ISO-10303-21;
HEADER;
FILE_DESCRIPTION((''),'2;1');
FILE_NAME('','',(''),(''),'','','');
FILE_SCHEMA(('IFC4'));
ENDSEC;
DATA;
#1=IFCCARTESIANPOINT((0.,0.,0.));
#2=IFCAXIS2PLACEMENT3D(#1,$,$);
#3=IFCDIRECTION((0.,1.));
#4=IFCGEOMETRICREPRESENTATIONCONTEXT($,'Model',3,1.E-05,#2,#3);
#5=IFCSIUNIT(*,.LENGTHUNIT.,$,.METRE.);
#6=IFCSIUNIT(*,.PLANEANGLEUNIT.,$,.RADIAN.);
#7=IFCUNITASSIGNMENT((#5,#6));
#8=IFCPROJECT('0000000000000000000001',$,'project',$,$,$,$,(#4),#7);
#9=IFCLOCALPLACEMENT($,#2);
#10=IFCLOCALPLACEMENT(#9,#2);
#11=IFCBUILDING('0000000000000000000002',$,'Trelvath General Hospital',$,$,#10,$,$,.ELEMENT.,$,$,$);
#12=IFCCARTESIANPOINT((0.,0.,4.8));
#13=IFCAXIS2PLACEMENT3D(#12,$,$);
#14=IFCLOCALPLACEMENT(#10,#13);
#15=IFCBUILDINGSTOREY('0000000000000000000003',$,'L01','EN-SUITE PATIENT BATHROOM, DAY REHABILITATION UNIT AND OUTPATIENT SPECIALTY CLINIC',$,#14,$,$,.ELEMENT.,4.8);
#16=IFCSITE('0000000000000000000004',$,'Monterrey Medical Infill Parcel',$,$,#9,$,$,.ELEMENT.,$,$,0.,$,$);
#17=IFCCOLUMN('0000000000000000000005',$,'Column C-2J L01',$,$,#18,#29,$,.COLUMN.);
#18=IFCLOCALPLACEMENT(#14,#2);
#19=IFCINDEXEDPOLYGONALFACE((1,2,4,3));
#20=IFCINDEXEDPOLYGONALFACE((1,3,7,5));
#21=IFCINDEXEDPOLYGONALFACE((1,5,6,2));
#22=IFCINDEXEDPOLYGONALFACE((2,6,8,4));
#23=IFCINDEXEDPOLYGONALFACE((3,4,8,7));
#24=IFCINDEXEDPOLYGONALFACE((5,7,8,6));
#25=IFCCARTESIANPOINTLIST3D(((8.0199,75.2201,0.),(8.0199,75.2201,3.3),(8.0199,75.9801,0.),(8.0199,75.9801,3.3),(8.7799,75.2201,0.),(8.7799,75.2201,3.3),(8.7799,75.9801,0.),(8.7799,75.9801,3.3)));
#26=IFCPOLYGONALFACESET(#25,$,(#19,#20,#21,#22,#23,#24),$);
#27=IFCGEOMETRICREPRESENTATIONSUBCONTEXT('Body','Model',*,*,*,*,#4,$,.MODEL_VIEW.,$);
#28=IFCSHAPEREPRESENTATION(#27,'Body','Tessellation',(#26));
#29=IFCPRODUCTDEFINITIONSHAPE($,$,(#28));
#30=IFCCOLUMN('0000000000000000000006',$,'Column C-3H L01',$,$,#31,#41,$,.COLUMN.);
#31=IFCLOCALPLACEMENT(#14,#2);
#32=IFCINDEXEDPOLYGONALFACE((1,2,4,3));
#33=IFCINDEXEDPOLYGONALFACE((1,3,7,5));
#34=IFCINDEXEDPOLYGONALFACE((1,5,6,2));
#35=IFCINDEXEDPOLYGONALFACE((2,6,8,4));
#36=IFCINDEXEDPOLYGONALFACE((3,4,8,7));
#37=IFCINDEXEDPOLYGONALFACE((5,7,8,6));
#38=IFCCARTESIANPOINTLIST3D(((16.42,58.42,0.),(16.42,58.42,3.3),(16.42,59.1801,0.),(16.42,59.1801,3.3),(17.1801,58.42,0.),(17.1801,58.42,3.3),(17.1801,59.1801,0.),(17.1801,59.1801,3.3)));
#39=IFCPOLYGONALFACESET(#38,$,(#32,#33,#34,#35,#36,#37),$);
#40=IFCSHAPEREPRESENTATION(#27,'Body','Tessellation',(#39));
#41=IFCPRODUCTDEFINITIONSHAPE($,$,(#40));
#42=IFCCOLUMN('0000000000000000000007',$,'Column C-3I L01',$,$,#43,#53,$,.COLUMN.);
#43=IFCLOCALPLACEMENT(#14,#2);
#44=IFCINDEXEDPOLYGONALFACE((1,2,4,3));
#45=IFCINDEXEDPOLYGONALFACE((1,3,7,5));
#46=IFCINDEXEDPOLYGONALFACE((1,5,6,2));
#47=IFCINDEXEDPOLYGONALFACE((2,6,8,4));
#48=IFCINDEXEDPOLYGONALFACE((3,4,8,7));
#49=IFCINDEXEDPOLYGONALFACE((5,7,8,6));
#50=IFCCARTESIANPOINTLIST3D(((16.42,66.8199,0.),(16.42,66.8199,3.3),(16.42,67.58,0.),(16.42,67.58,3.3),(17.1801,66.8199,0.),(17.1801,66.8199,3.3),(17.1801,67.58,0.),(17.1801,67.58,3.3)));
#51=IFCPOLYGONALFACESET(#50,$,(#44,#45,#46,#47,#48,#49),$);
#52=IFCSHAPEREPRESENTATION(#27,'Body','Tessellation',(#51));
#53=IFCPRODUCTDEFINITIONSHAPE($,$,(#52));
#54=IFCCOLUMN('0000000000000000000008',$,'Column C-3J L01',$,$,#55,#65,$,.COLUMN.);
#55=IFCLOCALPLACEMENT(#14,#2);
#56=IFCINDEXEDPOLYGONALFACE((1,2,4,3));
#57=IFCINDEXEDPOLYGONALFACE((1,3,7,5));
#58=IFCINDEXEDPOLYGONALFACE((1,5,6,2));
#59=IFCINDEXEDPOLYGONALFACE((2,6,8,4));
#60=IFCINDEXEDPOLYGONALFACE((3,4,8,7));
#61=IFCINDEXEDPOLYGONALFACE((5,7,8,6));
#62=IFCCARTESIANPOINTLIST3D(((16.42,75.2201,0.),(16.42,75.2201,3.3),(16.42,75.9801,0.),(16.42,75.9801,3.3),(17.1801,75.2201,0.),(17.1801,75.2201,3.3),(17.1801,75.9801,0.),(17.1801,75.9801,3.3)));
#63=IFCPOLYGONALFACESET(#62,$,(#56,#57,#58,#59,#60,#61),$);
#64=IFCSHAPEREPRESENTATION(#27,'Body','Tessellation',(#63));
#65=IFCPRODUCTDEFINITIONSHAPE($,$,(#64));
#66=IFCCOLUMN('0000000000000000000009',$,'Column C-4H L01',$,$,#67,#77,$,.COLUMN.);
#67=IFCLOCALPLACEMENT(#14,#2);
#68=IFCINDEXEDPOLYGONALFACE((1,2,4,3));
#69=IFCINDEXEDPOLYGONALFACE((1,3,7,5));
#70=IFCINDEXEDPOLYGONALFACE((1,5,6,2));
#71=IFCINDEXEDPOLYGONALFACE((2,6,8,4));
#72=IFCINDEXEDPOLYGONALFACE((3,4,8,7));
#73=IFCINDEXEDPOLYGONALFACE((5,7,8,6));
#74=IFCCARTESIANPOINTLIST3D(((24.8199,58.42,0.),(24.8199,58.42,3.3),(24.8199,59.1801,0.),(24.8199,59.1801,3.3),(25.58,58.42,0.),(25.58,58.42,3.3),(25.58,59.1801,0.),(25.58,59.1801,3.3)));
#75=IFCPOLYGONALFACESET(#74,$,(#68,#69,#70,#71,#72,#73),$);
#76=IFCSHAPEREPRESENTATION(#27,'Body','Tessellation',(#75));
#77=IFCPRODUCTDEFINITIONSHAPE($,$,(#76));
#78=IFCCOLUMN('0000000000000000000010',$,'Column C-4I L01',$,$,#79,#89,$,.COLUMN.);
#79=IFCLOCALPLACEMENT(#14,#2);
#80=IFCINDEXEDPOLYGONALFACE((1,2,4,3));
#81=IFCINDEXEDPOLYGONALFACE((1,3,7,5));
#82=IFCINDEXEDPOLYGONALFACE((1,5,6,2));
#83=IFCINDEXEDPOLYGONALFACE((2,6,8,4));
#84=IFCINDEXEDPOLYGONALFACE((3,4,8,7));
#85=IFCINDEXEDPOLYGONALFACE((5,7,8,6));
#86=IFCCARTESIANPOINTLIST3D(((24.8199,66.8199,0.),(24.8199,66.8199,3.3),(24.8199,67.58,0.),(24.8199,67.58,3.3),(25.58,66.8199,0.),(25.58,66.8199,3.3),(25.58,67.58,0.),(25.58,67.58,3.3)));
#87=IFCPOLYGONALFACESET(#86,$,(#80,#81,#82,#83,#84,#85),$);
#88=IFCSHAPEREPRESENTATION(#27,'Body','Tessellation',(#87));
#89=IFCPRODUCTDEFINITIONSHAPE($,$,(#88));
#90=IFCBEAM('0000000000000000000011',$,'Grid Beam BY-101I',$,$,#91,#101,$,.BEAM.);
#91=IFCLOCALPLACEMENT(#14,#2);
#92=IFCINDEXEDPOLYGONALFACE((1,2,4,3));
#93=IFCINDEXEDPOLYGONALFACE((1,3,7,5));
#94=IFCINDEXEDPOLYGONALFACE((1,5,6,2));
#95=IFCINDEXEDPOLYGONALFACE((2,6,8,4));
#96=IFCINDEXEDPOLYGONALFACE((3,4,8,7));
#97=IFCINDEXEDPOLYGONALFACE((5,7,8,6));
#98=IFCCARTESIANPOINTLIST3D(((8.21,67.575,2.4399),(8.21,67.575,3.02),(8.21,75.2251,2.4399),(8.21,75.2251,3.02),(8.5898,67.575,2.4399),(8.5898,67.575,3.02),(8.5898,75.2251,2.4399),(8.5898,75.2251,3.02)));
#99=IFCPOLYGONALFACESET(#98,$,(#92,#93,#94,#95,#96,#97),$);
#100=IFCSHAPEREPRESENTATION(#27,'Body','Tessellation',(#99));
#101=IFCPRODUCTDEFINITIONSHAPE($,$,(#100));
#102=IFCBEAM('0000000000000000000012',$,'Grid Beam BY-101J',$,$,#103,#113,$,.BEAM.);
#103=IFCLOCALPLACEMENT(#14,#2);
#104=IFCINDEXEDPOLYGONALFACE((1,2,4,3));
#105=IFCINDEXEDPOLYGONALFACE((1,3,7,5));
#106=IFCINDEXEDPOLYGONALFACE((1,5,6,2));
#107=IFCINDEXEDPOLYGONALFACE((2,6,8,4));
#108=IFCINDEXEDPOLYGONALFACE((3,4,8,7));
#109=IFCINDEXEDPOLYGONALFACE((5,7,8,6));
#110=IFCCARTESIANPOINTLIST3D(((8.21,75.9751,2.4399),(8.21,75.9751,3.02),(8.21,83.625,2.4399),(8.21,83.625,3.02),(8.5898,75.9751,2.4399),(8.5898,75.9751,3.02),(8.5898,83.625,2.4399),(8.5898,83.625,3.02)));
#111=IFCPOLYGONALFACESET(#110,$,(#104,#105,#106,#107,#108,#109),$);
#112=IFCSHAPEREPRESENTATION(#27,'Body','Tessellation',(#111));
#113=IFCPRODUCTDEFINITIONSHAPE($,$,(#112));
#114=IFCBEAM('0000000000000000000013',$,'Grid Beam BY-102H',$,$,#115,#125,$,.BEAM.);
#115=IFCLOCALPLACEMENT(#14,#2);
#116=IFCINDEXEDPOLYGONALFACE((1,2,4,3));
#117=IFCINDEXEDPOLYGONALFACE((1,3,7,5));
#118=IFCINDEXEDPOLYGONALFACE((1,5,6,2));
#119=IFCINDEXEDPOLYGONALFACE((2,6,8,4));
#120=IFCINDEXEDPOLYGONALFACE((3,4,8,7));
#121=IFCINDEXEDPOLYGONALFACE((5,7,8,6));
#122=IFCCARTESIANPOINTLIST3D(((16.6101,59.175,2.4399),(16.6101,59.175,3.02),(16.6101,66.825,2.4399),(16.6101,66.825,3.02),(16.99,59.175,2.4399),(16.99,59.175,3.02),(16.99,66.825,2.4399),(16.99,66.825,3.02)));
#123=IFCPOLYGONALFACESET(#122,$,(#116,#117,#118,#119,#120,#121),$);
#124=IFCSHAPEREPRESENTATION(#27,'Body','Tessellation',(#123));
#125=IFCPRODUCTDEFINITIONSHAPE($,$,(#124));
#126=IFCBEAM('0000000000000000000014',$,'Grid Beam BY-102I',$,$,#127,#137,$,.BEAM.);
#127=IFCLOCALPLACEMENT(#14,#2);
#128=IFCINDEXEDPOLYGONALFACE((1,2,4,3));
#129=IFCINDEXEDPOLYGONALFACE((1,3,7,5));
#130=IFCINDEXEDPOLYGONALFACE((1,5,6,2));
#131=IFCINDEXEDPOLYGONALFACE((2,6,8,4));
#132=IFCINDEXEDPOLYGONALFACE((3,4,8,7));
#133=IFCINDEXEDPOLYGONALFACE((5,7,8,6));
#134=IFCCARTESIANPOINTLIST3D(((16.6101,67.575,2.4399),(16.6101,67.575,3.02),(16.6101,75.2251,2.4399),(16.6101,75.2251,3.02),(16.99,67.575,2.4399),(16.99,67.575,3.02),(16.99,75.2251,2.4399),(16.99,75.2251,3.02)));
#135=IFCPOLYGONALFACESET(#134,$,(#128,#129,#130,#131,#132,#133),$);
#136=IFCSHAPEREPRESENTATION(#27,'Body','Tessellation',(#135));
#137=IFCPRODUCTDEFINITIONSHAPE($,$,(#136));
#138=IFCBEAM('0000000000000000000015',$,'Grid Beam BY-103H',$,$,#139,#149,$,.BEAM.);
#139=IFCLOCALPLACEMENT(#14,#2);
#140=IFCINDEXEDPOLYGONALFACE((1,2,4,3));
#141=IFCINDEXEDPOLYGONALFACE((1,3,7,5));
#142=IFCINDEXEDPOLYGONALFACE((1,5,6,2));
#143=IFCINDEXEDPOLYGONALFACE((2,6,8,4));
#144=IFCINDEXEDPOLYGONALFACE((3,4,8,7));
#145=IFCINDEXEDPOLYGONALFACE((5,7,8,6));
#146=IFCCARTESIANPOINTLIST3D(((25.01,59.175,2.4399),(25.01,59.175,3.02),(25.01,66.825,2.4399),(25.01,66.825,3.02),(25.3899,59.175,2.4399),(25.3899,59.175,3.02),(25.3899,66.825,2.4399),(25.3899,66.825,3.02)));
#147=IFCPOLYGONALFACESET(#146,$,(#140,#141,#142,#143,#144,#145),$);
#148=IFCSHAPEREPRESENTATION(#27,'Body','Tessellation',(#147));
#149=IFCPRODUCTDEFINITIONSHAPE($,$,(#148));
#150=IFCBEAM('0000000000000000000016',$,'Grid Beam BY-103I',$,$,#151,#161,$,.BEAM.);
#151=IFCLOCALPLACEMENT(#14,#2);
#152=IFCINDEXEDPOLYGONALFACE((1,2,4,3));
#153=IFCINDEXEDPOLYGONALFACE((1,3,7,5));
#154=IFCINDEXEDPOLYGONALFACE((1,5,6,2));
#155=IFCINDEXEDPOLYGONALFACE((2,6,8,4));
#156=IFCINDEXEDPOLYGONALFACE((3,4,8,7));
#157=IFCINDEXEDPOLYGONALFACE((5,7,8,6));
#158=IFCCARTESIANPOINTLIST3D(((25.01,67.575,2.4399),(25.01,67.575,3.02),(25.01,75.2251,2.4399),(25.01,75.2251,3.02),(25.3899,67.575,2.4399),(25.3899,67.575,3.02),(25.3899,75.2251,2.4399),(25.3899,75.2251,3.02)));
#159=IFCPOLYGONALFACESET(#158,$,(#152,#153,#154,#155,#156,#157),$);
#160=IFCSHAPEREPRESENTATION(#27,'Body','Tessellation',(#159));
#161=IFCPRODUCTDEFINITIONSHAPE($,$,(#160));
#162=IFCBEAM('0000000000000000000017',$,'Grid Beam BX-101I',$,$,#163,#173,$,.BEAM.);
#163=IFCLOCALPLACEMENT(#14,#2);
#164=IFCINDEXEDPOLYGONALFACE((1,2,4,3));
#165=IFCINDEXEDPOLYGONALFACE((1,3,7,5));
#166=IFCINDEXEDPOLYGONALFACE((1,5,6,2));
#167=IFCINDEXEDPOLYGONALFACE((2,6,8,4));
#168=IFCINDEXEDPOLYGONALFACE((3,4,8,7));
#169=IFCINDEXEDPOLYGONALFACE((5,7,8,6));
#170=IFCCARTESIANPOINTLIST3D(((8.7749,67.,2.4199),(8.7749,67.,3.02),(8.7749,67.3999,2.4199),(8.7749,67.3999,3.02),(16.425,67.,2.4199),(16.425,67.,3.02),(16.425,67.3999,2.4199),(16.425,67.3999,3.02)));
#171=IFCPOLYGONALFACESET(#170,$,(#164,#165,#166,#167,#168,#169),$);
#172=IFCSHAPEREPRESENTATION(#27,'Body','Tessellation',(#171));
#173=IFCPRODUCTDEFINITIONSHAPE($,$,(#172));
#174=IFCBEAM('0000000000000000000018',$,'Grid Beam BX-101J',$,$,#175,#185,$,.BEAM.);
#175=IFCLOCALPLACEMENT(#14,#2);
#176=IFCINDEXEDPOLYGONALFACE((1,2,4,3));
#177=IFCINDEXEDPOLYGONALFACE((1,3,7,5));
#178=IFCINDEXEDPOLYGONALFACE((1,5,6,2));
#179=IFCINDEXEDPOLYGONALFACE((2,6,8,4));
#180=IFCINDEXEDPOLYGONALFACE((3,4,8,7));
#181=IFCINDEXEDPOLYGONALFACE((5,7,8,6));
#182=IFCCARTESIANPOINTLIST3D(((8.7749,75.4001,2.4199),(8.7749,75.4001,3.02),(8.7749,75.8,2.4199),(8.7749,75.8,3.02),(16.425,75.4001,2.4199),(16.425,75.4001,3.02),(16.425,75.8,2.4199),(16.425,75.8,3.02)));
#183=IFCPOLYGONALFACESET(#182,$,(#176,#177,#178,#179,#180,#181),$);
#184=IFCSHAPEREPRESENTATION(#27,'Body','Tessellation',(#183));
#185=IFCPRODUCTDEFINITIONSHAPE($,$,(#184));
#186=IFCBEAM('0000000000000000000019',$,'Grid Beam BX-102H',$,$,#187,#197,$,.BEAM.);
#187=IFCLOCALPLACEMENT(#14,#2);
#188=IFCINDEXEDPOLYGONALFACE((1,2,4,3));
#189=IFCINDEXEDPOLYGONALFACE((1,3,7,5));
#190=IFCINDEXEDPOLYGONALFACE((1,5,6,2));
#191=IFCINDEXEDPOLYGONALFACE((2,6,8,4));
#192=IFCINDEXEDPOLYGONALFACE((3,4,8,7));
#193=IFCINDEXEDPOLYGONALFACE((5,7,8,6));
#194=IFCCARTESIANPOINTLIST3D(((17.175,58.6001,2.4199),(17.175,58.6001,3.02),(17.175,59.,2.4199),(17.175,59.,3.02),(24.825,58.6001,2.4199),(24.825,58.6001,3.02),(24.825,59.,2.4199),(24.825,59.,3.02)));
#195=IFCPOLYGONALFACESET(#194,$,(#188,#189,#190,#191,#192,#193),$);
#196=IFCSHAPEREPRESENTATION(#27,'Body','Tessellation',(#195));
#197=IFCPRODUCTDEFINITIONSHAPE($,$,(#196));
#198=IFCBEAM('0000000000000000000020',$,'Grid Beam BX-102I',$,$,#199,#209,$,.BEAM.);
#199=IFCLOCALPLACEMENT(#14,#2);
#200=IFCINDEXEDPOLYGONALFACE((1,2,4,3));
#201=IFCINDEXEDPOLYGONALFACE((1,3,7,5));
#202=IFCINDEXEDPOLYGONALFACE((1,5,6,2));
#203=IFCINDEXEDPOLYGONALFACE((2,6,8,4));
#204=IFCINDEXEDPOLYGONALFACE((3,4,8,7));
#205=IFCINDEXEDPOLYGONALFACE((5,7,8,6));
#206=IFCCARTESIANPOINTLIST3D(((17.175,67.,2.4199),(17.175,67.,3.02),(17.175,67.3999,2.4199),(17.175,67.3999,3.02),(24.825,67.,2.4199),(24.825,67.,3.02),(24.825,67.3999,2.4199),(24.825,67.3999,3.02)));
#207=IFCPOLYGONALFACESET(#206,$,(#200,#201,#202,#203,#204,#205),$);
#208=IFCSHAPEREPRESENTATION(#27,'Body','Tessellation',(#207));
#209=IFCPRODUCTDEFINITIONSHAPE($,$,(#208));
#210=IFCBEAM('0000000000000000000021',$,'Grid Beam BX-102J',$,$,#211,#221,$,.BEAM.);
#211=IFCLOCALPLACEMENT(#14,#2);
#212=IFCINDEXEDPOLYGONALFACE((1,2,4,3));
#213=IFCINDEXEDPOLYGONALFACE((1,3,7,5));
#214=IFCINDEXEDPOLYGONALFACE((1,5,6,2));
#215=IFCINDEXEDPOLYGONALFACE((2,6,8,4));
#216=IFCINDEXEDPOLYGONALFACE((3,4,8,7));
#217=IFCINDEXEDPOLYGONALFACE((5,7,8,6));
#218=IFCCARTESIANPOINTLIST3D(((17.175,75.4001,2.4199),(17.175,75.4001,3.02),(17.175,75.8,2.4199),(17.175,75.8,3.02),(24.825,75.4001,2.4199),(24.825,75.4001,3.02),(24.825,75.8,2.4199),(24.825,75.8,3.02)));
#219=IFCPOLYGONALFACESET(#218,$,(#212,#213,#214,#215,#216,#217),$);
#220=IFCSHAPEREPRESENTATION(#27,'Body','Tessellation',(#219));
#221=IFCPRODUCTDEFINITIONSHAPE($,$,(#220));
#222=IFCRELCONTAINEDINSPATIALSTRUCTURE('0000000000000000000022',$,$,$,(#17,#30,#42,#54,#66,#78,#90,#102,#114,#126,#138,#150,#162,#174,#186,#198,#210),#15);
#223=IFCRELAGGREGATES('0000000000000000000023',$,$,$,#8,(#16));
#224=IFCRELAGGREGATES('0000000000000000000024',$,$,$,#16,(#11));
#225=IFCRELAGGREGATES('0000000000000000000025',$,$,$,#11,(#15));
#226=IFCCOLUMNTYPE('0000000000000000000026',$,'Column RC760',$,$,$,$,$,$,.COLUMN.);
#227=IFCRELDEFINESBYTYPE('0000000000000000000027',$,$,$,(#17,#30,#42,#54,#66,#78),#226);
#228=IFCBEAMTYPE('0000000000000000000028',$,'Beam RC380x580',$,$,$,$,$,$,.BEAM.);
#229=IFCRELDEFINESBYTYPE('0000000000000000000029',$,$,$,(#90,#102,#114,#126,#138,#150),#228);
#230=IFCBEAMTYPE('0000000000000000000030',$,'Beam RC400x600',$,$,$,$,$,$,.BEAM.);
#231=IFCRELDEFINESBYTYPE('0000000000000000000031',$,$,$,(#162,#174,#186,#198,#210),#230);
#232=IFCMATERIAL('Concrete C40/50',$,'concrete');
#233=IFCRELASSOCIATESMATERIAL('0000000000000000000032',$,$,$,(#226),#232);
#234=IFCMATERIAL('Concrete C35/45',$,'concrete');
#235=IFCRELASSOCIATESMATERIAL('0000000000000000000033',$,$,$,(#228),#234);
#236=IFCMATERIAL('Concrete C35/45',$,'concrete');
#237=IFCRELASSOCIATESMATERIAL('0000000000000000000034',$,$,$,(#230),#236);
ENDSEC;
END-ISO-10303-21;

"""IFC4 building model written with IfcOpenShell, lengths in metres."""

from ifc_helpers import new_model, si_unit, direction, frame, origin, origin_2d, place, context, subcontext, project, spatial, rectangle, extrude, material, material_profile, profile_set, type_object, element, save


model = new_model("IFC4")

# Units and contexts
model_context = context("Model", 3, precision=1e-05, world=origin(), true_north=direction((0.0, 1.0)))
body_context = subcontext(model_context, "Body", "Model", "MODEL_VIEW")
ifc_project = project(units=[si_unit("LENGTHUNIT", "METRE"), si_unit("PLANEANGLEUNIT", "RADIAN")], contexts=[model_context])

# Site, building, storey
site_placement = place(None, origin())
site = spatial("IfcSite", under=ifc_project, at=site_placement, Name="Monterrey Medical Infill Parcel", CompositionType="ELEMENT", RefElevation=0.0)
building_placement = place(site_placement, origin())
building = spatial("IfcBuilding", under=site, at=building_placement, Name="Trelvath General Hospital", CompositionType="ELEMENT")
storey_placement = place(building_placement, frame((0.0, 0.0, 4.8)))
storey = spatial("IfcBuildingStorey", under=building, at=storey_placement, Name="L01", Description="EN-SUITE PATIENT BATHROOM, DAY REHABILITATION UNIT AND OUTPATIENT SPECIALTY CLINIC", CompositionType="ELEMENT", Elevation=4.8)

# Columns
ifc_material_1 = material(Name="Concrete C40/50", Category="concrete")
ifc_material_profile_1 = material_profile(ifc_material_1, rectangle(XDim=0.76, YDim=0.76, at=origin_2d()), Name="RC760x760")
ifc_profile_set_1 = profile_set([ifc_material_profile_1], Name="Concrete C40/50")
column_type = type_object("IfcColumnType", Name="Column RC760", PredefinedType="COLUMN", material=ifc_profile_set_1)
for number, where, z_axis, x_axis, name in (
    (1, (8.3999, 75.6001, 0.0), (0.0, 0.0, 1.0), (1.0, 0.0, 0.0), "Column C-2J L01"),
    (2, (16.8, 58.8, 0.0), (0.0, 0.0, 1.0), (1.0, 0.0, 0.0), "Column C-3H L01"),
    (3, (16.8, 67.2, 0.0), (0.0, 0.0, 1.0), (1.0, 0.0, 0.0), "Column C-3I L01"),
    (4, (16.8, 75.6001, 0.0), (0.0, 0.0, 1.0), (1.0, 0.0, 0.0), "Column C-3J L01"),
    (5, (25.2, 58.8, 0.0), (0.0, 0.0, 1.0), (1.0, 0.0, 0.0), "Column C-4H L01"),
    (6, (25.2, 67.2, 0.0), (0.0, 0.0, 1.0), (1.0, 0.0, 0.0), "Column C-4I L01"),
):
    element("IfcColumn", number, at=place(storey_placement, frame(where, z_axis=z_axis, x_axis=x_axis)), inside=storey, type_object=column_type, Name=name, PredefinedType="COLUMN", context=body_context, shape_type="SweptSolid", body=[
        extrude(rectangle(XDim=0.76, YDim=0.76, at=origin_2d()), origin(), (0.0, 0.0, 1.0), 3.3),
    ])

# Beams
ifc_material_2 = material(Name="Concrete C35/45", Category="concrete")
ifc_material_profile_2 = material_profile(ifc_material_2, rectangle(XDim=0.3799, YDim=0.5801, at=origin_2d()), Name="RCB380x580")
ifc_profile_set_2 = profile_set([ifc_material_profile_2], Name="Concrete C35/45")
beam_type_1 = type_object("IfcBeamType", Name="Beam RC380x580", PredefinedType="BEAM", material=ifc_profile_set_2)
beam_1_placement = place(storey_placement, frame((8.3999, 67.575, 2.73), z_axis=(0.0, 1.0, 0.0), x_axis=(-1.0, 0.0, 0.0)))
element("IfcBeam", 7, at=beam_1_placement, inside=storey, type_object=beam_type_1, Name="Grid Beam BY-101I", PredefinedType="BEAM", context=body_context, shape_type="SweptSolid", body=[
    extrude(rectangle(XDim=0.3799, YDim=0.5801, at=origin_2d()), origin(), (0.0, 0.0, 1.0), 7.6501),
])
for number, where, z_axis, x_axis, name in (
    (8, (8.3999, 75.9751, 2.73), (0.0, 1.0, 0.0), (-1.0, 0.0, 0.0), "Grid Beam BY-101J"),
    (9, (16.8, 59.175, 2.73), (0.0, 1.0, 0.0), (-1.0, 0.0, 0.0), "Grid Beam BY-102H"),
):
    element("IfcBeam", number, at=place(storey_placement, frame(where, z_axis=z_axis, x_axis=x_axis)), inside=storey, type_object=beam_type_1, Name=name, PredefinedType="BEAM", context=body_context, shape_type="SweptSolid", body=[
        extrude(rectangle(XDim=0.3799, YDim=0.5801, at=origin_2d()), origin(), (0.0, 0.0, 1.0), 7.6499),
    ])
beam_2_placement = place(storey_placement, frame((16.8, 67.575, 2.73), z_axis=(0.0, 1.0, 0.0), x_axis=(-1.0, 0.0, 0.0)))
element("IfcBeam", 10, at=beam_2_placement, inside=storey, type_object=beam_type_1, Name="Grid Beam BY-102I", PredefinedType="BEAM", context=body_context, shape_type="SweptSolid", body=[
    extrude(rectangle(XDim=0.3799, YDim=0.5801, at=origin_2d()), origin(), (0.0, 0.0, 1.0), 7.6501),
])
beam_3_placement = place(storey_placement, frame((25.2, 59.175, 2.73), z_axis=(0.0, 1.0, 0.0), x_axis=(-1.0, 0.0, 0.0)))
element("IfcBeam", 11, at=beam_3_placement, inside=storey, type_object=beam_type_1, Name="Grid Beam BY-103H", PredefinedType="BEAM", context=body_context, shape_type="SweptSolid", body=[
    extrude(rectangle(XDim=0.3799, YDim=0.5801, at=origin_2d()), origin(), (0.0, 0.0, 1.0), 7.6499),
])
beam_4_placement = place(storey_placement, frame((25.2, 67.575, 2.73), z_axis=(0.0, 1.0, 0.0), x_axis=(-1.0, 0.0, 0.0)))
element("IfcBeam", 12, at=beam_4_placement, inside=storey, type_object=beam_type_1, Name="Grid Beam BY-103I", PredefinedType="BEAM", context=body_context, shape_type="SweptSolid", body=[
    extrude(rectangle(XDim=0.3799, YDim=0.5801, at=origin_2d()), origin(), (0.0, 0.0, 1.0), 7.6501),
])
ifc_material_3 = material(Name="Concrete C35/45", Category="concrete")
ifc_material_profile_3 = material_profile(ifc_material_3, rectangle(XDim=0.3999, YDim=0.6001, at=origin_2d()), Name="RCB400x600")
ifc_profile_set_3 = profile_set([ifc_material_profile_3], Name="Concrete C35/45")
beam_type_2 = type_object("IfcBeamType", Name="Beam RC400x600", PredefinedType="BEAM", material=ifc_profile_set_3)
for number, where, z_axis, x_axis, name in (
    (13, (8.7749, 67.2, 2.72), (1.0, 0.0, 0.0), (0.0, 1.0, 0.0), "Grid Beam BX-101I"),
    (14, (8.7749, 75.6001, 2.72), (1.0, 0.0, 0.0), (0.0, 1.0, 0.0), "Grid Beam BX-101J"),
):
    element("IfcBeam", number, at=place(storey_placement, frame(where, z_axis=z_axis, x_axis=x_axis)), inside=storey, type_object=beam_type_2, Name=name, PredefinedType="BEAM", context=body_context, shape_type="SweptSolid", body=[
        extrude(rectangle(XDim=0.3999, YDim=0.6001, at=origin_2d()), origin(), (0.0, 0.0, 1.0), 7.6501),
    ])
for number, where, z_axis, x_axis, name in (
    (15, (17.175, 58.8, 2.72), (1.0, 0.0, 0.0), (0.0, 1.0, 0.0), "Grid Beam BX-102H"),
    (16, (17.175, 67.2, 2.72), (1.0, 0.0, 0.0), (0.0, 1.0, 0.0), "Grid Beam BX-102I"),
    (17, (17.175, 75.6001, 2.72), (1.0, 0.0, 0.0), (0.0, 1.0, 0.0), "Grid Beam BX-102J"),
):
    element("IfcBeam", number, at=place(storey_placement, frame(where, z_axis=z_axis, x_axis=x_axis)), inside=storey, type_object=beam_type_2, Name=name, PredefinedType="BEAM", context=body_context, shape_type="SweptSolid", body=[
        extrude(rectangle(XDim=0.3999, YDim=0.6001, at=origin_2d()), origin(), (0.0, 0.0, 1.0), 7.6499),
    ])

save(model, "model.ifc")
